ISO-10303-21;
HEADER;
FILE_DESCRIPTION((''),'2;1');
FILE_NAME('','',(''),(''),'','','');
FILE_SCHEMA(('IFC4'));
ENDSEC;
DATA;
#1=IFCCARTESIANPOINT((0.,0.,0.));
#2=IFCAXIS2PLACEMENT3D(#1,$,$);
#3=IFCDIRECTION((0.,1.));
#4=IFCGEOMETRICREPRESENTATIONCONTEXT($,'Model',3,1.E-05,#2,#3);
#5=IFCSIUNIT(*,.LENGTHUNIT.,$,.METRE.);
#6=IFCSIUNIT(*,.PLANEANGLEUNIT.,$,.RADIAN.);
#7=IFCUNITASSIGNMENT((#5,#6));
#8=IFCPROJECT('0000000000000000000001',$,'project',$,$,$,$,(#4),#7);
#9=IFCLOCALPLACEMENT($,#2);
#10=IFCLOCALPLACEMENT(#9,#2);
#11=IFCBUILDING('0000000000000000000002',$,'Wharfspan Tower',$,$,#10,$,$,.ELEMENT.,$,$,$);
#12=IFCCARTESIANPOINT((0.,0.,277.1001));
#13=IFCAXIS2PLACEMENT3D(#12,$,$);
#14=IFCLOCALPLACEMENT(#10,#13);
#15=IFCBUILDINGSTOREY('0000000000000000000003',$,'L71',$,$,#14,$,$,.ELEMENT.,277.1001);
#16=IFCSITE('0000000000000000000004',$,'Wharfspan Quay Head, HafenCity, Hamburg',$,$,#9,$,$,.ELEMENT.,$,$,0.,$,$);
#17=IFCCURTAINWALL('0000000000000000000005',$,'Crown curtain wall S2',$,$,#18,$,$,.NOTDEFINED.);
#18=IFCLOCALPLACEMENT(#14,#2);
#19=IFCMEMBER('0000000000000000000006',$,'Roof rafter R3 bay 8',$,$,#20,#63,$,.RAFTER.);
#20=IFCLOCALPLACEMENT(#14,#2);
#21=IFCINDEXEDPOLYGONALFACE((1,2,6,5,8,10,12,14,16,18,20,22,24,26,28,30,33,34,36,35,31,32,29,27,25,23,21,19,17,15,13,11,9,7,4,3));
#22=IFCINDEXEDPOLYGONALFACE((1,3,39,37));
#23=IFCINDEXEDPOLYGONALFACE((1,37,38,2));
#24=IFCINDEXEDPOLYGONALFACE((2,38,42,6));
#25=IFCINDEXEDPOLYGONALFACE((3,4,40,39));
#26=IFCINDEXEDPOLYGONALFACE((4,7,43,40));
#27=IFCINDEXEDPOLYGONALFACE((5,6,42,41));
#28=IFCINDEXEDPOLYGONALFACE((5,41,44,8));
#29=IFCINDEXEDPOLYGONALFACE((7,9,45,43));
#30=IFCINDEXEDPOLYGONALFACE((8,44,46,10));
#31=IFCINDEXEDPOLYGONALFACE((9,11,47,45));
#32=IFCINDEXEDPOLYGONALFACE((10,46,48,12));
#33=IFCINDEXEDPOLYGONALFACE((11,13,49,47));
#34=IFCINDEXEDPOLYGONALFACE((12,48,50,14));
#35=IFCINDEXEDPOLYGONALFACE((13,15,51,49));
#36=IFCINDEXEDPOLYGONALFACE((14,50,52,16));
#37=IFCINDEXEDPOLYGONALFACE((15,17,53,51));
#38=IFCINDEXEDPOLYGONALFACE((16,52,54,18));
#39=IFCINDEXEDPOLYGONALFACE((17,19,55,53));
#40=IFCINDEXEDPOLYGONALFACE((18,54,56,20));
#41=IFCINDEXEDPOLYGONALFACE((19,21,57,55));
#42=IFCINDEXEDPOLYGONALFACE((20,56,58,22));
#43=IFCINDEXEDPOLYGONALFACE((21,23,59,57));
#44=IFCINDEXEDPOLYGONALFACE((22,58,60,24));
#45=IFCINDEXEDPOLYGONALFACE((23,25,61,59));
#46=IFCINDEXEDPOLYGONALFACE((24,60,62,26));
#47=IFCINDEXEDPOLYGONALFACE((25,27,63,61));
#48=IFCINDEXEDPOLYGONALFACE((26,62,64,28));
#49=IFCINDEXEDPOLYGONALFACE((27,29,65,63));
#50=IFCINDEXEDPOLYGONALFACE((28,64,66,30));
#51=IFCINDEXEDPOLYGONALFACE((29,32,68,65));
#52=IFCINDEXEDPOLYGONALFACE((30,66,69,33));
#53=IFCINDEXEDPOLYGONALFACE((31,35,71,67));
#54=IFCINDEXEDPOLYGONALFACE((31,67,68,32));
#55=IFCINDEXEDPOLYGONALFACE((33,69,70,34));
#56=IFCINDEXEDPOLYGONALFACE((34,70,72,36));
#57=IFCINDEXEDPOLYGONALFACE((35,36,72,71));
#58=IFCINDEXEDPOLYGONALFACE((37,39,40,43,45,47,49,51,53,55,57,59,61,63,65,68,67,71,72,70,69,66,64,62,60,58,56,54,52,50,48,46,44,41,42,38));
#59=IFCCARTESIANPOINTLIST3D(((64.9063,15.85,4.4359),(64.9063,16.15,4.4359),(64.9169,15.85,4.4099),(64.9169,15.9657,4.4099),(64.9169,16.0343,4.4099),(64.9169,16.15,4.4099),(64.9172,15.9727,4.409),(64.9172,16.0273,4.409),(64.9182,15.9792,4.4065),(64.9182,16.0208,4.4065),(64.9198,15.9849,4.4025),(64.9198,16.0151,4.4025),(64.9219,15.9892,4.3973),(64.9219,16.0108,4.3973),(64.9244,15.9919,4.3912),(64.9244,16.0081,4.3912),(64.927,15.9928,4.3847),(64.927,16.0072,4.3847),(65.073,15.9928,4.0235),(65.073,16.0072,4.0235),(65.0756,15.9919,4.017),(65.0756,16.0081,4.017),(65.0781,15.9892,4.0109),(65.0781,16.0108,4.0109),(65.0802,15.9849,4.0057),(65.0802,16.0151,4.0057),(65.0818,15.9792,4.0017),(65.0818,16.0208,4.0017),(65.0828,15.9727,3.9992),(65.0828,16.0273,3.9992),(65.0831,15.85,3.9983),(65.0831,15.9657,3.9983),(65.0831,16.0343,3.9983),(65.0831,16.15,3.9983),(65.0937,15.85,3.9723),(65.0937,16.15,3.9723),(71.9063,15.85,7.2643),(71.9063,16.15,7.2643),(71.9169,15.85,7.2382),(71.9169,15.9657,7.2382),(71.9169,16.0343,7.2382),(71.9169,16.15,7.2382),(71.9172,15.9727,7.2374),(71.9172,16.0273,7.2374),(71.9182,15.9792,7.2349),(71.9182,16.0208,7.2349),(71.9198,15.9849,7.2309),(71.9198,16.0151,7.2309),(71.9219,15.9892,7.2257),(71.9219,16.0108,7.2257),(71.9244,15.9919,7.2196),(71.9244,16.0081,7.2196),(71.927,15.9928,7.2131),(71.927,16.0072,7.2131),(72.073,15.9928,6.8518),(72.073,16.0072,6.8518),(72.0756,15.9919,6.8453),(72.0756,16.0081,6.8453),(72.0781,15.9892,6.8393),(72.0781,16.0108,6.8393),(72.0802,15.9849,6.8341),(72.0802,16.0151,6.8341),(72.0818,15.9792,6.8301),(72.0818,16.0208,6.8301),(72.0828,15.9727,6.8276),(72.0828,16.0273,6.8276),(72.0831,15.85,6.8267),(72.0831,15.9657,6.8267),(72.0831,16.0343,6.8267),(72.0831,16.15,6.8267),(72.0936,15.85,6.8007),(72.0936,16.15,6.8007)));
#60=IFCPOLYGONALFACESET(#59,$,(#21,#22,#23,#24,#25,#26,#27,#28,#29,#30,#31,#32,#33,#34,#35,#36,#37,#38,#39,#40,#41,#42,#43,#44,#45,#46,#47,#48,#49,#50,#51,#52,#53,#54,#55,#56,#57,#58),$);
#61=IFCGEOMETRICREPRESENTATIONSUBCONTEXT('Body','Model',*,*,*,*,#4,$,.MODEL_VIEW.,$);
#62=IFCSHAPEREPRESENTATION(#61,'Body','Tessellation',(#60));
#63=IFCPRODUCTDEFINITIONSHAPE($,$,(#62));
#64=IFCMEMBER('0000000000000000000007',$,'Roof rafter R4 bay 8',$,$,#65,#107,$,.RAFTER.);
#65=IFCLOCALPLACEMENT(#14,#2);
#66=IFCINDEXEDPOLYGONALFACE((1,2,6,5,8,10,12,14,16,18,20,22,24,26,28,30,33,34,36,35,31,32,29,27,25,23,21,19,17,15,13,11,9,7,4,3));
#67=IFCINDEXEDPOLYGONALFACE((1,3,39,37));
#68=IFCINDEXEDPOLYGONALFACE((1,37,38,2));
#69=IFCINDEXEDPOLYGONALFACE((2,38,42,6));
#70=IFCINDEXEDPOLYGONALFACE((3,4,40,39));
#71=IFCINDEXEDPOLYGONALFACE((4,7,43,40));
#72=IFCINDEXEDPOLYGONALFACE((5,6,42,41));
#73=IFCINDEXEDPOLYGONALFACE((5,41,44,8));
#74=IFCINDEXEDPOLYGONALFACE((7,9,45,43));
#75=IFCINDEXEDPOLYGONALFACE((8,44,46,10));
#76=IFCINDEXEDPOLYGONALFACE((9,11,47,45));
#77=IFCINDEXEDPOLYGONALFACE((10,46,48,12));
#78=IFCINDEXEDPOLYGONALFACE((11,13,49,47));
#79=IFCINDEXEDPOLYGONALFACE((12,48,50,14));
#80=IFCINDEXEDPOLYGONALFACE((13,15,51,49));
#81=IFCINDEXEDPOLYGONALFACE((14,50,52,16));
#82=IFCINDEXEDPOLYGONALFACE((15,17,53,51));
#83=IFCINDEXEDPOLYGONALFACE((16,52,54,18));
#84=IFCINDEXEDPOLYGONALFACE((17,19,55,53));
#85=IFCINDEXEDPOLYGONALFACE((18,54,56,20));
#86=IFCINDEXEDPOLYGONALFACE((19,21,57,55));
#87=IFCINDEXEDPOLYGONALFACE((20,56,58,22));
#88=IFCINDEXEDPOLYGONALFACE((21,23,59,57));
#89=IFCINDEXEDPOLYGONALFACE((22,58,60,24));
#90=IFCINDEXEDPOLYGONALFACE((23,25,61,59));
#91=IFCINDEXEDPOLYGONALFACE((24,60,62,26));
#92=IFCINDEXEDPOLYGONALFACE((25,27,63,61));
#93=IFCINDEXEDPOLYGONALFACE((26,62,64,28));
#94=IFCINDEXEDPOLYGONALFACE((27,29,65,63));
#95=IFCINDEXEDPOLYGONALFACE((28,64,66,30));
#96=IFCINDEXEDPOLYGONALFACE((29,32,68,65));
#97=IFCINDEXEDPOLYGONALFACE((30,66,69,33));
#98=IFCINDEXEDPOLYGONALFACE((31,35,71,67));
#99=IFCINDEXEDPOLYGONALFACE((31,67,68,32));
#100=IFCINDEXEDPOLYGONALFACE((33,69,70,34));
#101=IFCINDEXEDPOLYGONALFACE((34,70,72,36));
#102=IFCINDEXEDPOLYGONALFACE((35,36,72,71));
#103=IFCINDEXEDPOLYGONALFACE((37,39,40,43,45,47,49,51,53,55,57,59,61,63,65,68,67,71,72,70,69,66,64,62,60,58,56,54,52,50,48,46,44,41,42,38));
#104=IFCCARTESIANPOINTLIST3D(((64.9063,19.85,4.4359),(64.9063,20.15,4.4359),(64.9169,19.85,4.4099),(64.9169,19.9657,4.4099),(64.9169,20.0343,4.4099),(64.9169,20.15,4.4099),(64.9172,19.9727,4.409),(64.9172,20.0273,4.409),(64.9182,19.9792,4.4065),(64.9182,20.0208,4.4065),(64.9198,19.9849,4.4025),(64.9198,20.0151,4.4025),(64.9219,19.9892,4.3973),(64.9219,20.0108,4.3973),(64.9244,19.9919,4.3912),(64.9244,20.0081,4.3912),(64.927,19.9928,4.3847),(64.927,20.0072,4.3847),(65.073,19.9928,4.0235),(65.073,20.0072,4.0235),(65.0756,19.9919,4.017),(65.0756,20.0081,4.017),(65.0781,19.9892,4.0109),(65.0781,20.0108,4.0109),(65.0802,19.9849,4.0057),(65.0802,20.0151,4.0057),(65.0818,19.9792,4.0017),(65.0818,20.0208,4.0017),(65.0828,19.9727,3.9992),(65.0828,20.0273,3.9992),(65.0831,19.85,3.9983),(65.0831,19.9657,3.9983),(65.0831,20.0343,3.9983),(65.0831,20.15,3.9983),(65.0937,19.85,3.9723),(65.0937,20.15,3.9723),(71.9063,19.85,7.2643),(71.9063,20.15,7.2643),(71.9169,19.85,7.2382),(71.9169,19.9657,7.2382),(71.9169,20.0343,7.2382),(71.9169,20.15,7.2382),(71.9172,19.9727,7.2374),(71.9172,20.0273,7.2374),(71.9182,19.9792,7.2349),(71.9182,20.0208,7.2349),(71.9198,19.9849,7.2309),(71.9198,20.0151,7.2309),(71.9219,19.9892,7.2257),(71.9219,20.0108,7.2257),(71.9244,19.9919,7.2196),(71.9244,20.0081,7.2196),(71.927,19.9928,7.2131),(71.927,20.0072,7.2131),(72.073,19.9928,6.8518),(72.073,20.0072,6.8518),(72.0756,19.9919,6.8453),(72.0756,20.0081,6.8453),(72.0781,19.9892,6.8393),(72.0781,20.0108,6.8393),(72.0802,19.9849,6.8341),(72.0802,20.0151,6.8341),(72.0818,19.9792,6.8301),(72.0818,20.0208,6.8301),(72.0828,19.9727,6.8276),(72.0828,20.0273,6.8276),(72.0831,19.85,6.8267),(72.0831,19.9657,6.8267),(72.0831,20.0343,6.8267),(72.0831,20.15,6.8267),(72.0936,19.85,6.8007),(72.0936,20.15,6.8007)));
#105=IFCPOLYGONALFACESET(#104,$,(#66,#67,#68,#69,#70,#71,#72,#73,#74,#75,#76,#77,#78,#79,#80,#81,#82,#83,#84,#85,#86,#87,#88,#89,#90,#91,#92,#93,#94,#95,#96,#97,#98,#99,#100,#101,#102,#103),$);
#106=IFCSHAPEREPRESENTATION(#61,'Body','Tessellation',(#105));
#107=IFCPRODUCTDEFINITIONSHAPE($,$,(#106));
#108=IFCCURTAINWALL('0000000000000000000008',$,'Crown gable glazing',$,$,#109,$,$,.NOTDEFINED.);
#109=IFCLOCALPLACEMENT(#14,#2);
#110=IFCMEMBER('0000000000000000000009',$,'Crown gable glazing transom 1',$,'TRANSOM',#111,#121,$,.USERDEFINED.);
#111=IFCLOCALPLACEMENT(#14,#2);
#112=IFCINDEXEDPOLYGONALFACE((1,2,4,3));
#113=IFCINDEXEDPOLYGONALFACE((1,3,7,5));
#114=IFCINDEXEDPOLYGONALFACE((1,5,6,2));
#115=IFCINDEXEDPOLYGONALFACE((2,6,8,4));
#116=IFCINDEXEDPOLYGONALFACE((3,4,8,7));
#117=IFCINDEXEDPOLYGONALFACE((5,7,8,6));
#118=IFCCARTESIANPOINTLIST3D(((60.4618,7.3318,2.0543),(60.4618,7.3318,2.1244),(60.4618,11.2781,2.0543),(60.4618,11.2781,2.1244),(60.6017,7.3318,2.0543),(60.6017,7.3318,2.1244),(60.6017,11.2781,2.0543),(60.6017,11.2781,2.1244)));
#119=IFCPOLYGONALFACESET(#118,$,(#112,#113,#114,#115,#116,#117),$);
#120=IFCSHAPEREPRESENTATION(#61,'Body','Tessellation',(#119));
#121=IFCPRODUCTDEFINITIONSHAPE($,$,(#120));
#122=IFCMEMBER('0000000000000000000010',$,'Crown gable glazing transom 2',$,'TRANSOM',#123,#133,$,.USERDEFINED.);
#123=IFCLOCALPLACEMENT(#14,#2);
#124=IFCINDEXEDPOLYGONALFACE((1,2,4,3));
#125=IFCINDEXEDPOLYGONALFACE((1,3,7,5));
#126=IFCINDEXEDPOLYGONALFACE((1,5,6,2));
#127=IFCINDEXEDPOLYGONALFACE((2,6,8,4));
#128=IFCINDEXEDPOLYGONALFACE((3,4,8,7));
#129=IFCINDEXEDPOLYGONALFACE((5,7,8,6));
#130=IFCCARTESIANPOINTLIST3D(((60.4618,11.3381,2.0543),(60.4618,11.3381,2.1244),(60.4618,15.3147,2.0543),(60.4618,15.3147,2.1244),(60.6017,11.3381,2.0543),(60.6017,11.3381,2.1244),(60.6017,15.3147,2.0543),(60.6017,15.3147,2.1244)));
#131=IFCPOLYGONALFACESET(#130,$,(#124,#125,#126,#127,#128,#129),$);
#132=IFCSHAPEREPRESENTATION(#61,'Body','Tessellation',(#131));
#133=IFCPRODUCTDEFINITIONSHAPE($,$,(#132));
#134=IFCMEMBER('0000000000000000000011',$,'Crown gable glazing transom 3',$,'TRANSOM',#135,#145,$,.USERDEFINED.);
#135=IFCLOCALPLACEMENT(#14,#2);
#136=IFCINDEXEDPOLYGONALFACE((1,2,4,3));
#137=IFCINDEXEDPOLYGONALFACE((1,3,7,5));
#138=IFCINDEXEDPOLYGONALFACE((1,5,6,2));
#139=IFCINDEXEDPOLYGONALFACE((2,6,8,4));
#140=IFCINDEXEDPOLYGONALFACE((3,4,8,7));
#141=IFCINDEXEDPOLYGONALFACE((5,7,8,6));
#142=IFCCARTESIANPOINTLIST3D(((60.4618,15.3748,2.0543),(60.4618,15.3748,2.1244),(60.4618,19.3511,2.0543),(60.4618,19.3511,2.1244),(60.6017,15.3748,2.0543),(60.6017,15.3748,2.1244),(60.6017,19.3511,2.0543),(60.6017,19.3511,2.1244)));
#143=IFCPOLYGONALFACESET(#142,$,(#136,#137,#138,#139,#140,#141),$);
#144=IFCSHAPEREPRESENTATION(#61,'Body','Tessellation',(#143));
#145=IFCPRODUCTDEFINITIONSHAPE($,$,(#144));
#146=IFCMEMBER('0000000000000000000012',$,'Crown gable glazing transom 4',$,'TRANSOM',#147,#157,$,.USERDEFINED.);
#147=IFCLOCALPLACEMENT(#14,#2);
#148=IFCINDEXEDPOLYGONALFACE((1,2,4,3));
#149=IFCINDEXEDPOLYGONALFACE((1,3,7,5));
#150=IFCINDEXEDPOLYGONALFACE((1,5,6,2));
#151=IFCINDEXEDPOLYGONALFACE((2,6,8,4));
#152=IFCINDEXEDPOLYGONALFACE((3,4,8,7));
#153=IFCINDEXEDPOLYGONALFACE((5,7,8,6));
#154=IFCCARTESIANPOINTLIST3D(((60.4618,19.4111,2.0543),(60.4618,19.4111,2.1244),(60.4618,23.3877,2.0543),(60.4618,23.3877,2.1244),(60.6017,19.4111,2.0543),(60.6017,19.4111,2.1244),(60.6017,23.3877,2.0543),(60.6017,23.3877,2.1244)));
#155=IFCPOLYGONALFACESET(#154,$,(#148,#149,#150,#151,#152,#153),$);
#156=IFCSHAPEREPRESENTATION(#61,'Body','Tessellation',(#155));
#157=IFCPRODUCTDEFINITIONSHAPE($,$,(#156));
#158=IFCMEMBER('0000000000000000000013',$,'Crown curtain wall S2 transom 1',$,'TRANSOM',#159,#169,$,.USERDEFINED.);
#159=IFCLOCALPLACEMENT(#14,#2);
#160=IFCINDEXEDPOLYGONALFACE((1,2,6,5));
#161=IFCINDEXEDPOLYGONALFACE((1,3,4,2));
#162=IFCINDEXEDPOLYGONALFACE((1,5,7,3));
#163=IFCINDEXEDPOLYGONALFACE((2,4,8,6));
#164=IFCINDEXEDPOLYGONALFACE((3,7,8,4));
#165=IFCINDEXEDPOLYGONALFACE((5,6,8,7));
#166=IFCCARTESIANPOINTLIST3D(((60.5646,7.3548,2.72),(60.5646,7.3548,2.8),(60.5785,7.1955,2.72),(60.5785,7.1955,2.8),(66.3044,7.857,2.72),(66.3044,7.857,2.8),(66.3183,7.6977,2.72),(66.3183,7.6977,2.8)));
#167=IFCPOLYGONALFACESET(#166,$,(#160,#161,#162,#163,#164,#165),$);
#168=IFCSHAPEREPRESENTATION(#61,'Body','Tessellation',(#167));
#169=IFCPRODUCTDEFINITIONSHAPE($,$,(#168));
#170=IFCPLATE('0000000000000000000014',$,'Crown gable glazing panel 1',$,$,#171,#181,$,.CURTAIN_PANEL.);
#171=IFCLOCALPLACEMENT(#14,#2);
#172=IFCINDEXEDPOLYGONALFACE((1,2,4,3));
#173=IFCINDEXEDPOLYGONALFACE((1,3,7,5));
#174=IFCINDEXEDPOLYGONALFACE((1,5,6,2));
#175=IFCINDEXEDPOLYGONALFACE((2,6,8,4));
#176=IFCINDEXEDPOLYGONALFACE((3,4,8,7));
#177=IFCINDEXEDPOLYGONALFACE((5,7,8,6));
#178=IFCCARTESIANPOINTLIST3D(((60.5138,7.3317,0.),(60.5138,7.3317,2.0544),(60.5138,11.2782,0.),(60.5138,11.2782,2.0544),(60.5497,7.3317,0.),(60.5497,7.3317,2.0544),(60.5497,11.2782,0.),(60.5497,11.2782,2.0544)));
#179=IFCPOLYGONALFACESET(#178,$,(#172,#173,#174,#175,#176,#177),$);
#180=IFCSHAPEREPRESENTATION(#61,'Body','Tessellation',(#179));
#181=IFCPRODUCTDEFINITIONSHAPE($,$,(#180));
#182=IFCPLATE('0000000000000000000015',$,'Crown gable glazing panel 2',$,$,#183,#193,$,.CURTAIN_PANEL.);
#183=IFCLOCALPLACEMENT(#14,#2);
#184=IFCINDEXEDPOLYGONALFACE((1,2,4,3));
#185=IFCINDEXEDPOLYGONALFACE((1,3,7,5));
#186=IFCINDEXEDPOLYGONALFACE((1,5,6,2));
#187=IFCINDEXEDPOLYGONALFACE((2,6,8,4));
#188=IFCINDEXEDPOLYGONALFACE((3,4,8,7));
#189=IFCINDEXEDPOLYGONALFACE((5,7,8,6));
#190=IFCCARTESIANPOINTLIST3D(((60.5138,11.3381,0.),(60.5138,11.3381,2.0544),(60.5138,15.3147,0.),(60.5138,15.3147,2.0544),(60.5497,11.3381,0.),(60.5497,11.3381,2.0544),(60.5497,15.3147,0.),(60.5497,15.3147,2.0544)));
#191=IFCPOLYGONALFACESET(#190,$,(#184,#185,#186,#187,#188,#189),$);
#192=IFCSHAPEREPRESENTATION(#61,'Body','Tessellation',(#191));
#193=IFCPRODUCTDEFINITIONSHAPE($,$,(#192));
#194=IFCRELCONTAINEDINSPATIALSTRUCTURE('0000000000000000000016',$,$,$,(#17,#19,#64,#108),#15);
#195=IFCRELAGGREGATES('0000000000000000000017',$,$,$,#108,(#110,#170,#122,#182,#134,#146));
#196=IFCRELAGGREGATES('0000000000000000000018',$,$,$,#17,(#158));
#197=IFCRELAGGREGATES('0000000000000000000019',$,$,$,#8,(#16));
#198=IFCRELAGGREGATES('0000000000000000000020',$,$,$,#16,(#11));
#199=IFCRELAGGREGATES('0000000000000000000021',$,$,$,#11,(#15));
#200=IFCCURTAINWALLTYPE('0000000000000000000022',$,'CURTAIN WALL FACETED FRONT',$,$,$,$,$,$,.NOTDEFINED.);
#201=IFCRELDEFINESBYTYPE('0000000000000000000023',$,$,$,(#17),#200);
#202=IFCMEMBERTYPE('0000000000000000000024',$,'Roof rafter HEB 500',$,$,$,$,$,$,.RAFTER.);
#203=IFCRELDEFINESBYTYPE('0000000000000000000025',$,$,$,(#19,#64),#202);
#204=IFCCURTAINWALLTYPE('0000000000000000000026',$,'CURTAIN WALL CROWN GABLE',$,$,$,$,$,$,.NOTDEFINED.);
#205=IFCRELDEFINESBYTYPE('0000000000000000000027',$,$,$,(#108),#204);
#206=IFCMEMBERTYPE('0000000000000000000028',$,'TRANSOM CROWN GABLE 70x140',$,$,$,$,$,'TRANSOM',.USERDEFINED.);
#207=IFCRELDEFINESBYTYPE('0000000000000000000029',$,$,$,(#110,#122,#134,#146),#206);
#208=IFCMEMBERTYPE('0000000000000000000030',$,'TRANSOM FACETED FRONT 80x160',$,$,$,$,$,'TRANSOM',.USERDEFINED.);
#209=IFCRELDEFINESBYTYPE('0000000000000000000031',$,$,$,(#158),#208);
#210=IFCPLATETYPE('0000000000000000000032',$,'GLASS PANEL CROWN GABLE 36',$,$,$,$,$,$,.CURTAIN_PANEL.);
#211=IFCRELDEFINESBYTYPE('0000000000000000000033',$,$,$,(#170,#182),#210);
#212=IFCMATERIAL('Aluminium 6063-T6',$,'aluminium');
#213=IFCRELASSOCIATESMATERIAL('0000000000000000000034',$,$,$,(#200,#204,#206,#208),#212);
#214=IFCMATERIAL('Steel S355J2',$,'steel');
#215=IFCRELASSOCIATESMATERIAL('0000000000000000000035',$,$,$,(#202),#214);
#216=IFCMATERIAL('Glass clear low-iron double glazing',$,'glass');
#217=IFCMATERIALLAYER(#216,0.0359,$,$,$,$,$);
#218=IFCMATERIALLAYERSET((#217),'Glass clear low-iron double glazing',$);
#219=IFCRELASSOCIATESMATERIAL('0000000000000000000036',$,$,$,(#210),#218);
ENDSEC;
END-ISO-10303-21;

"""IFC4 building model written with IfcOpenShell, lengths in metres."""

from ifc_helpers import new_model, si_unit, direction, frame, origin, origin_2d, place, context, subcontext, project, spatial, rectangle, i_section, extrude, material, layer, layer_set, material_profile, profile_set, type_object, element, aggregate, save


model = new_model("IFC4")

# Units and contexts
model_context = context("Model", 3, precision=1e-05, world=origin(), true_north=direction((0.0, 1.0)))
body_context = subcontext(model_context, "Body", "Model", "MODEL_VIEW")
ifc_project = project(units=[si_unit("LENGTHUNIT", "METRE"), si_unit("PLANEANGLEUNIT", "RADIAN")], contexts=[model_context])

# Site, building, storey
site_placement = place(None, origin())
site = spatial("IfcSite", under=ifc_project, at=site_placement, Name="Wharfspan Quay Head, HafenCity, Hamburg", CompositionType="ELEMENT", RefElevation=0.0)
building_placement = place(site_placement, origin())
building = spatial("IfcBuilding", under=site, at=building_placement, Name="Wharfspan Tower", CompositionType="ELEMENT")
storey_placement = place(building_placement, frame((0.0, 0.0, 277.1001)))
storey = spatial("IfcBuildingStorey", under=building, at=storey_placement, Name="L71", CompositionType="ELEMENT", Elevation=277.1001)

# Shared definitions
ifc_material_1 = material(Name="Steel S355J2", Category="steel")

# Curtain wall
ifc_material_2 = material(Name="Aluminium 6063-T6", Category="aluminium")
curtain_wall_type_1 = type_object("IfcCurtainWallType", Name="CURTAIN WALL FACETED FRONT", PredefinedType="NOTDEFINED", material=ifc_material_2)
curtain_wall_1_placement = place(storey_placement, origin())
curtain_wall_1 = element("IfcCurtainWall", 1, at=curtain_wall_1_placement, inside=storey, type_object=curtain_wall_type_1, Name="Crown curtain wall S2", PredefinedType="NOTDEFINED")

# Members
ifc_material_profile_1 = material_profile(ifc_material_1, i_section(OverallWidth=0.3, OverallDepth=0.5, WebThickness=0.0144, FlangeThickness=0.0281, FilletRadius=0.0271, at=origin_2d()))
ifc_profile_set_1 = profile_set([ifc_material_profile_1], Name="Steel S355J2")
member_type_1 = type_object("IfcMemberType", Name="Roof rafter HEB 500", PredefinedType="RAFTER", material=ifc_profile_set_1)
for number, where, z_axis, x_axis, name in (
    (2, (65.0, 16.0, 4.2041), (0.927175, 0.0, 0.374628), (0.0, 1.0, 0.0), "Roof rafter R3 bay 8"),
    (3, (65.0, 20.0, 4.2041), (0.927175, 0.0, 0.374628), (0.0, 1.0, 0.0), "Roof rafter R4 bay 8"),
):
    element("IfcMember", number, at=place(storey_placement, frame(where, z_axis=z_axis, x_axis=x_axis)), inside=storey, type_object=member_type_1, Name=name, PredefinedType="RAFTER", context=body_context, shape_type="SweptSolid", body=[
        extrude(i_section(OverallWidth=0.3, OverallDepth=0.5, WebThickness=0.0144, FlangeThickness=0.0281, FilletRadius=0.0271, at=origin_2d()), origin(), (0.0, 0.0, 1.0), 7.5498),
    ])

# Curtain wall, members
curtain_wall_type_2 = type_object("IfcCurtainWallType", Name="CURTAIN WALL CROWN GABLE", PredefinedType="NOTDEFINED", material=ifc_material_2)
curtain_wall_2_placement = place(storey_placement, origin())
curtain_wall_2 = element("IfcCurtainWall", 4, at=curtain_wall_2_placement, inside=storey, type_object=curtain_wall_type_2, Name="Crown gable glazing", PredefinedType="NOTDEFINED")
ifc_material_profile_2 = material_profile(ifc_material_2, rectangle(XDim=0.1399, YDim=0.0701, at=origin_2d()))
ifc_profile_set_2 = profile_set([ifc_material_profile_2], Name="Aluminium 6063-T6")
member_type_2 = type_object("IfcMemberType", Name="TRANSOM CROWN GABLE 70x140", ElementType="TRANSOM", PredefinedType="USERDEFINED", material=ifc_profile_set_2)
member_1_placement = place(storey_placement, frame((60.5317, 7.3318, 2.0894), z_axis=(0.0, 1.0, 0.0), x_axis=(-1.0, 0.0, 0.0)))
member_1 = element("IfcMember", 5, at=member_1_placement, type_object=member_type_2, Name="Crown gable glazing transom 1", ObjectType="TRANSOM", PredefinedType="USERDEFINED", context=body_context, shape_type="SweptSolid", body=[
    extrude(rectangle(XDim=0.1399, YDim=0.0701, at=origin_2d()), origin(), (0.0, 0.0, 1.0), 3.9463),
])
member_2_placement = place(storey_placement, frame((60.5317, 11.3381, 2.0894), z_axis=(0.0, 1.0, 0.0), x_axis=(-1.0, 0.0, 0.0)))
member_2 = element("IfcMember", 6, at=member_2_placement, type_object=member_type_2, Name="Crown gable glazing transom 2", ObjectType="TRANSOM", PredefinedType="USERDEFINED", context=body_context, shape_type="SweptSolid", body=[
    extrude(rectangle(XDim=0.1399, YDim=0.0701, at=origin_2d()), origin(), (0.0, 0.0, 1.0), 3.9766),
])
member_3_placement = place(storey_placement, frame((60.5317, 15.3748, 2.0894), z_axis=(0.0, 1.0, 0.0), x_axis=(-1.0, 0.0, 0.0)))
member_3 = element("IfcMember", 7, at=member_3_placement, type_object=member_type_2, Name="Crown gable glazing transom 3", ObjectType="TRANSOM", PredefinedType="USERDEFINED", context=body_context, shape_type="SweptSolid", body=[
    extrude(rectangle(XDim=0.1399, YDim=0.0701, at=origin_2d()), origin(), (0.0, 0.0, 1.0), 3.9763),
])
member_4_placement = place(storey_placement, frame((60.5317, 19.4111, 2.0894), z_axis=(0.0, 1.0, 0.0), x_axis=(-1.0, 0.0, 0.0)))
member_4 = element("IfcMember", 8, at=member_4_placement, type_object=member_type_2, Name="Crown gable glazing transom 4", ObjectType="TRANSOM", PredefinedType="USERDEFINED", context=body_context, shape_type="SweptSolid", body=[
    extrude(rectangle(XDim=0.1399, YDim=0.0701, at=origin_2d()), origin(), (0.0, 0.0, 1.0), 3.9766),
])

# Member
ifc_material_profile_3 = material_profile(ifc_material_2, rectangle(XDim=0.1599, YDim=0.0801, at=origin_2d()))
ifc_profile_set_3 = profile_set([ifc_material_profile_3], Name="Aluminium 6063-T6")
member_type_3 = type_object("IfcMemberType", Name="TRANSOM FACETED FRONT 80x160", ElementType="TRANSOM", PredefinedType="USERDEFINED", material=ifc_profile_set_3)
member_5_placement = place(storey_placement, frame((60.5715, 7.2751, 2.76), z_axis=(0.996194, 0.087162, 0.0), x_axis=(-0.087162, 0.996194, 0.0)))
member_5 = element("IfcMember", 9, at=member_5_placement, type_object=member_type_3, Name="Crown curtain wall S2 transom 1", ObjectType="TRANSOM", PredefinedType="USERDEFINED", context=body_context, shape_type="SweptSolid", body=[
    extrude(rectangle(XDim=0.1599, YDim=0.0801, at=origin_2d()), origin(), (0.0, 0.0, 1.0), 5.7617),
])

# Plates
ifc_material_3 = material(Name="Glass clear low-iron double glazing", Category="glass")
ifc_layer_1 = layer(ifc_material_3, 0.0359)
ifc_layer_set_1 = layer_set([ifc_layer_1], Name="Glass clear low-iron double glazing")
plate_type_1 = type_object("IfcPlateType", Name="GLASS PANEL CROWN GABLE 36", PredefinedType="CURTAIN_PANEL", material=ifc_layer_set_1)
plate_1_placement = place(storey_placement, frame((60.5317, 9.3049, 0.0), z_axis=(0.0, 0.0, 1.0), x_axis=(0.0, 1.0, 0.0)))
plate_1 = element("IfcPlate", 10, at=plate_1_placement, type_object=plate_type_1, Name="Crown gable glazing panel 1", PredefinedType="CURTAIN_PANEL", context=body_context, shape_type="SweptSolid", body=[
    extrude(rectangle(XDim=3.9465, YDim=0.0359, at=origin_2d()), origin(), (0.0, 0.0, 1.0), 2.0544),
])
plate_2_placement = place(storey_placement, frame((60.5317, 13.3264, 0.0), z_axis=(0.0, 0.0, 1.0), x_axis=(0.0, 1.0, 0.0)))
plate_2 = element("IfcPlate", 11, at=plate_2_placement, type_object=plate_type_1, Name="Crown gable glazing panel 2", PredefinedType="CURTAIN_PANEL", context=body_context, shape_type="SweptSolid", body=[
    extrude(rectangle(XDim=3.9766, YDim=0.0359, at=origin_2d()), origin(), (0.0, 0.0, 1.0), 2.0544),
])
aggregate(curtain_wall_2, [member_1, plate_1, member_2, plate_2, member_3, member_4])
aggregate(curtain_wall_1, [member_5])

save(model, "model.ifc")
